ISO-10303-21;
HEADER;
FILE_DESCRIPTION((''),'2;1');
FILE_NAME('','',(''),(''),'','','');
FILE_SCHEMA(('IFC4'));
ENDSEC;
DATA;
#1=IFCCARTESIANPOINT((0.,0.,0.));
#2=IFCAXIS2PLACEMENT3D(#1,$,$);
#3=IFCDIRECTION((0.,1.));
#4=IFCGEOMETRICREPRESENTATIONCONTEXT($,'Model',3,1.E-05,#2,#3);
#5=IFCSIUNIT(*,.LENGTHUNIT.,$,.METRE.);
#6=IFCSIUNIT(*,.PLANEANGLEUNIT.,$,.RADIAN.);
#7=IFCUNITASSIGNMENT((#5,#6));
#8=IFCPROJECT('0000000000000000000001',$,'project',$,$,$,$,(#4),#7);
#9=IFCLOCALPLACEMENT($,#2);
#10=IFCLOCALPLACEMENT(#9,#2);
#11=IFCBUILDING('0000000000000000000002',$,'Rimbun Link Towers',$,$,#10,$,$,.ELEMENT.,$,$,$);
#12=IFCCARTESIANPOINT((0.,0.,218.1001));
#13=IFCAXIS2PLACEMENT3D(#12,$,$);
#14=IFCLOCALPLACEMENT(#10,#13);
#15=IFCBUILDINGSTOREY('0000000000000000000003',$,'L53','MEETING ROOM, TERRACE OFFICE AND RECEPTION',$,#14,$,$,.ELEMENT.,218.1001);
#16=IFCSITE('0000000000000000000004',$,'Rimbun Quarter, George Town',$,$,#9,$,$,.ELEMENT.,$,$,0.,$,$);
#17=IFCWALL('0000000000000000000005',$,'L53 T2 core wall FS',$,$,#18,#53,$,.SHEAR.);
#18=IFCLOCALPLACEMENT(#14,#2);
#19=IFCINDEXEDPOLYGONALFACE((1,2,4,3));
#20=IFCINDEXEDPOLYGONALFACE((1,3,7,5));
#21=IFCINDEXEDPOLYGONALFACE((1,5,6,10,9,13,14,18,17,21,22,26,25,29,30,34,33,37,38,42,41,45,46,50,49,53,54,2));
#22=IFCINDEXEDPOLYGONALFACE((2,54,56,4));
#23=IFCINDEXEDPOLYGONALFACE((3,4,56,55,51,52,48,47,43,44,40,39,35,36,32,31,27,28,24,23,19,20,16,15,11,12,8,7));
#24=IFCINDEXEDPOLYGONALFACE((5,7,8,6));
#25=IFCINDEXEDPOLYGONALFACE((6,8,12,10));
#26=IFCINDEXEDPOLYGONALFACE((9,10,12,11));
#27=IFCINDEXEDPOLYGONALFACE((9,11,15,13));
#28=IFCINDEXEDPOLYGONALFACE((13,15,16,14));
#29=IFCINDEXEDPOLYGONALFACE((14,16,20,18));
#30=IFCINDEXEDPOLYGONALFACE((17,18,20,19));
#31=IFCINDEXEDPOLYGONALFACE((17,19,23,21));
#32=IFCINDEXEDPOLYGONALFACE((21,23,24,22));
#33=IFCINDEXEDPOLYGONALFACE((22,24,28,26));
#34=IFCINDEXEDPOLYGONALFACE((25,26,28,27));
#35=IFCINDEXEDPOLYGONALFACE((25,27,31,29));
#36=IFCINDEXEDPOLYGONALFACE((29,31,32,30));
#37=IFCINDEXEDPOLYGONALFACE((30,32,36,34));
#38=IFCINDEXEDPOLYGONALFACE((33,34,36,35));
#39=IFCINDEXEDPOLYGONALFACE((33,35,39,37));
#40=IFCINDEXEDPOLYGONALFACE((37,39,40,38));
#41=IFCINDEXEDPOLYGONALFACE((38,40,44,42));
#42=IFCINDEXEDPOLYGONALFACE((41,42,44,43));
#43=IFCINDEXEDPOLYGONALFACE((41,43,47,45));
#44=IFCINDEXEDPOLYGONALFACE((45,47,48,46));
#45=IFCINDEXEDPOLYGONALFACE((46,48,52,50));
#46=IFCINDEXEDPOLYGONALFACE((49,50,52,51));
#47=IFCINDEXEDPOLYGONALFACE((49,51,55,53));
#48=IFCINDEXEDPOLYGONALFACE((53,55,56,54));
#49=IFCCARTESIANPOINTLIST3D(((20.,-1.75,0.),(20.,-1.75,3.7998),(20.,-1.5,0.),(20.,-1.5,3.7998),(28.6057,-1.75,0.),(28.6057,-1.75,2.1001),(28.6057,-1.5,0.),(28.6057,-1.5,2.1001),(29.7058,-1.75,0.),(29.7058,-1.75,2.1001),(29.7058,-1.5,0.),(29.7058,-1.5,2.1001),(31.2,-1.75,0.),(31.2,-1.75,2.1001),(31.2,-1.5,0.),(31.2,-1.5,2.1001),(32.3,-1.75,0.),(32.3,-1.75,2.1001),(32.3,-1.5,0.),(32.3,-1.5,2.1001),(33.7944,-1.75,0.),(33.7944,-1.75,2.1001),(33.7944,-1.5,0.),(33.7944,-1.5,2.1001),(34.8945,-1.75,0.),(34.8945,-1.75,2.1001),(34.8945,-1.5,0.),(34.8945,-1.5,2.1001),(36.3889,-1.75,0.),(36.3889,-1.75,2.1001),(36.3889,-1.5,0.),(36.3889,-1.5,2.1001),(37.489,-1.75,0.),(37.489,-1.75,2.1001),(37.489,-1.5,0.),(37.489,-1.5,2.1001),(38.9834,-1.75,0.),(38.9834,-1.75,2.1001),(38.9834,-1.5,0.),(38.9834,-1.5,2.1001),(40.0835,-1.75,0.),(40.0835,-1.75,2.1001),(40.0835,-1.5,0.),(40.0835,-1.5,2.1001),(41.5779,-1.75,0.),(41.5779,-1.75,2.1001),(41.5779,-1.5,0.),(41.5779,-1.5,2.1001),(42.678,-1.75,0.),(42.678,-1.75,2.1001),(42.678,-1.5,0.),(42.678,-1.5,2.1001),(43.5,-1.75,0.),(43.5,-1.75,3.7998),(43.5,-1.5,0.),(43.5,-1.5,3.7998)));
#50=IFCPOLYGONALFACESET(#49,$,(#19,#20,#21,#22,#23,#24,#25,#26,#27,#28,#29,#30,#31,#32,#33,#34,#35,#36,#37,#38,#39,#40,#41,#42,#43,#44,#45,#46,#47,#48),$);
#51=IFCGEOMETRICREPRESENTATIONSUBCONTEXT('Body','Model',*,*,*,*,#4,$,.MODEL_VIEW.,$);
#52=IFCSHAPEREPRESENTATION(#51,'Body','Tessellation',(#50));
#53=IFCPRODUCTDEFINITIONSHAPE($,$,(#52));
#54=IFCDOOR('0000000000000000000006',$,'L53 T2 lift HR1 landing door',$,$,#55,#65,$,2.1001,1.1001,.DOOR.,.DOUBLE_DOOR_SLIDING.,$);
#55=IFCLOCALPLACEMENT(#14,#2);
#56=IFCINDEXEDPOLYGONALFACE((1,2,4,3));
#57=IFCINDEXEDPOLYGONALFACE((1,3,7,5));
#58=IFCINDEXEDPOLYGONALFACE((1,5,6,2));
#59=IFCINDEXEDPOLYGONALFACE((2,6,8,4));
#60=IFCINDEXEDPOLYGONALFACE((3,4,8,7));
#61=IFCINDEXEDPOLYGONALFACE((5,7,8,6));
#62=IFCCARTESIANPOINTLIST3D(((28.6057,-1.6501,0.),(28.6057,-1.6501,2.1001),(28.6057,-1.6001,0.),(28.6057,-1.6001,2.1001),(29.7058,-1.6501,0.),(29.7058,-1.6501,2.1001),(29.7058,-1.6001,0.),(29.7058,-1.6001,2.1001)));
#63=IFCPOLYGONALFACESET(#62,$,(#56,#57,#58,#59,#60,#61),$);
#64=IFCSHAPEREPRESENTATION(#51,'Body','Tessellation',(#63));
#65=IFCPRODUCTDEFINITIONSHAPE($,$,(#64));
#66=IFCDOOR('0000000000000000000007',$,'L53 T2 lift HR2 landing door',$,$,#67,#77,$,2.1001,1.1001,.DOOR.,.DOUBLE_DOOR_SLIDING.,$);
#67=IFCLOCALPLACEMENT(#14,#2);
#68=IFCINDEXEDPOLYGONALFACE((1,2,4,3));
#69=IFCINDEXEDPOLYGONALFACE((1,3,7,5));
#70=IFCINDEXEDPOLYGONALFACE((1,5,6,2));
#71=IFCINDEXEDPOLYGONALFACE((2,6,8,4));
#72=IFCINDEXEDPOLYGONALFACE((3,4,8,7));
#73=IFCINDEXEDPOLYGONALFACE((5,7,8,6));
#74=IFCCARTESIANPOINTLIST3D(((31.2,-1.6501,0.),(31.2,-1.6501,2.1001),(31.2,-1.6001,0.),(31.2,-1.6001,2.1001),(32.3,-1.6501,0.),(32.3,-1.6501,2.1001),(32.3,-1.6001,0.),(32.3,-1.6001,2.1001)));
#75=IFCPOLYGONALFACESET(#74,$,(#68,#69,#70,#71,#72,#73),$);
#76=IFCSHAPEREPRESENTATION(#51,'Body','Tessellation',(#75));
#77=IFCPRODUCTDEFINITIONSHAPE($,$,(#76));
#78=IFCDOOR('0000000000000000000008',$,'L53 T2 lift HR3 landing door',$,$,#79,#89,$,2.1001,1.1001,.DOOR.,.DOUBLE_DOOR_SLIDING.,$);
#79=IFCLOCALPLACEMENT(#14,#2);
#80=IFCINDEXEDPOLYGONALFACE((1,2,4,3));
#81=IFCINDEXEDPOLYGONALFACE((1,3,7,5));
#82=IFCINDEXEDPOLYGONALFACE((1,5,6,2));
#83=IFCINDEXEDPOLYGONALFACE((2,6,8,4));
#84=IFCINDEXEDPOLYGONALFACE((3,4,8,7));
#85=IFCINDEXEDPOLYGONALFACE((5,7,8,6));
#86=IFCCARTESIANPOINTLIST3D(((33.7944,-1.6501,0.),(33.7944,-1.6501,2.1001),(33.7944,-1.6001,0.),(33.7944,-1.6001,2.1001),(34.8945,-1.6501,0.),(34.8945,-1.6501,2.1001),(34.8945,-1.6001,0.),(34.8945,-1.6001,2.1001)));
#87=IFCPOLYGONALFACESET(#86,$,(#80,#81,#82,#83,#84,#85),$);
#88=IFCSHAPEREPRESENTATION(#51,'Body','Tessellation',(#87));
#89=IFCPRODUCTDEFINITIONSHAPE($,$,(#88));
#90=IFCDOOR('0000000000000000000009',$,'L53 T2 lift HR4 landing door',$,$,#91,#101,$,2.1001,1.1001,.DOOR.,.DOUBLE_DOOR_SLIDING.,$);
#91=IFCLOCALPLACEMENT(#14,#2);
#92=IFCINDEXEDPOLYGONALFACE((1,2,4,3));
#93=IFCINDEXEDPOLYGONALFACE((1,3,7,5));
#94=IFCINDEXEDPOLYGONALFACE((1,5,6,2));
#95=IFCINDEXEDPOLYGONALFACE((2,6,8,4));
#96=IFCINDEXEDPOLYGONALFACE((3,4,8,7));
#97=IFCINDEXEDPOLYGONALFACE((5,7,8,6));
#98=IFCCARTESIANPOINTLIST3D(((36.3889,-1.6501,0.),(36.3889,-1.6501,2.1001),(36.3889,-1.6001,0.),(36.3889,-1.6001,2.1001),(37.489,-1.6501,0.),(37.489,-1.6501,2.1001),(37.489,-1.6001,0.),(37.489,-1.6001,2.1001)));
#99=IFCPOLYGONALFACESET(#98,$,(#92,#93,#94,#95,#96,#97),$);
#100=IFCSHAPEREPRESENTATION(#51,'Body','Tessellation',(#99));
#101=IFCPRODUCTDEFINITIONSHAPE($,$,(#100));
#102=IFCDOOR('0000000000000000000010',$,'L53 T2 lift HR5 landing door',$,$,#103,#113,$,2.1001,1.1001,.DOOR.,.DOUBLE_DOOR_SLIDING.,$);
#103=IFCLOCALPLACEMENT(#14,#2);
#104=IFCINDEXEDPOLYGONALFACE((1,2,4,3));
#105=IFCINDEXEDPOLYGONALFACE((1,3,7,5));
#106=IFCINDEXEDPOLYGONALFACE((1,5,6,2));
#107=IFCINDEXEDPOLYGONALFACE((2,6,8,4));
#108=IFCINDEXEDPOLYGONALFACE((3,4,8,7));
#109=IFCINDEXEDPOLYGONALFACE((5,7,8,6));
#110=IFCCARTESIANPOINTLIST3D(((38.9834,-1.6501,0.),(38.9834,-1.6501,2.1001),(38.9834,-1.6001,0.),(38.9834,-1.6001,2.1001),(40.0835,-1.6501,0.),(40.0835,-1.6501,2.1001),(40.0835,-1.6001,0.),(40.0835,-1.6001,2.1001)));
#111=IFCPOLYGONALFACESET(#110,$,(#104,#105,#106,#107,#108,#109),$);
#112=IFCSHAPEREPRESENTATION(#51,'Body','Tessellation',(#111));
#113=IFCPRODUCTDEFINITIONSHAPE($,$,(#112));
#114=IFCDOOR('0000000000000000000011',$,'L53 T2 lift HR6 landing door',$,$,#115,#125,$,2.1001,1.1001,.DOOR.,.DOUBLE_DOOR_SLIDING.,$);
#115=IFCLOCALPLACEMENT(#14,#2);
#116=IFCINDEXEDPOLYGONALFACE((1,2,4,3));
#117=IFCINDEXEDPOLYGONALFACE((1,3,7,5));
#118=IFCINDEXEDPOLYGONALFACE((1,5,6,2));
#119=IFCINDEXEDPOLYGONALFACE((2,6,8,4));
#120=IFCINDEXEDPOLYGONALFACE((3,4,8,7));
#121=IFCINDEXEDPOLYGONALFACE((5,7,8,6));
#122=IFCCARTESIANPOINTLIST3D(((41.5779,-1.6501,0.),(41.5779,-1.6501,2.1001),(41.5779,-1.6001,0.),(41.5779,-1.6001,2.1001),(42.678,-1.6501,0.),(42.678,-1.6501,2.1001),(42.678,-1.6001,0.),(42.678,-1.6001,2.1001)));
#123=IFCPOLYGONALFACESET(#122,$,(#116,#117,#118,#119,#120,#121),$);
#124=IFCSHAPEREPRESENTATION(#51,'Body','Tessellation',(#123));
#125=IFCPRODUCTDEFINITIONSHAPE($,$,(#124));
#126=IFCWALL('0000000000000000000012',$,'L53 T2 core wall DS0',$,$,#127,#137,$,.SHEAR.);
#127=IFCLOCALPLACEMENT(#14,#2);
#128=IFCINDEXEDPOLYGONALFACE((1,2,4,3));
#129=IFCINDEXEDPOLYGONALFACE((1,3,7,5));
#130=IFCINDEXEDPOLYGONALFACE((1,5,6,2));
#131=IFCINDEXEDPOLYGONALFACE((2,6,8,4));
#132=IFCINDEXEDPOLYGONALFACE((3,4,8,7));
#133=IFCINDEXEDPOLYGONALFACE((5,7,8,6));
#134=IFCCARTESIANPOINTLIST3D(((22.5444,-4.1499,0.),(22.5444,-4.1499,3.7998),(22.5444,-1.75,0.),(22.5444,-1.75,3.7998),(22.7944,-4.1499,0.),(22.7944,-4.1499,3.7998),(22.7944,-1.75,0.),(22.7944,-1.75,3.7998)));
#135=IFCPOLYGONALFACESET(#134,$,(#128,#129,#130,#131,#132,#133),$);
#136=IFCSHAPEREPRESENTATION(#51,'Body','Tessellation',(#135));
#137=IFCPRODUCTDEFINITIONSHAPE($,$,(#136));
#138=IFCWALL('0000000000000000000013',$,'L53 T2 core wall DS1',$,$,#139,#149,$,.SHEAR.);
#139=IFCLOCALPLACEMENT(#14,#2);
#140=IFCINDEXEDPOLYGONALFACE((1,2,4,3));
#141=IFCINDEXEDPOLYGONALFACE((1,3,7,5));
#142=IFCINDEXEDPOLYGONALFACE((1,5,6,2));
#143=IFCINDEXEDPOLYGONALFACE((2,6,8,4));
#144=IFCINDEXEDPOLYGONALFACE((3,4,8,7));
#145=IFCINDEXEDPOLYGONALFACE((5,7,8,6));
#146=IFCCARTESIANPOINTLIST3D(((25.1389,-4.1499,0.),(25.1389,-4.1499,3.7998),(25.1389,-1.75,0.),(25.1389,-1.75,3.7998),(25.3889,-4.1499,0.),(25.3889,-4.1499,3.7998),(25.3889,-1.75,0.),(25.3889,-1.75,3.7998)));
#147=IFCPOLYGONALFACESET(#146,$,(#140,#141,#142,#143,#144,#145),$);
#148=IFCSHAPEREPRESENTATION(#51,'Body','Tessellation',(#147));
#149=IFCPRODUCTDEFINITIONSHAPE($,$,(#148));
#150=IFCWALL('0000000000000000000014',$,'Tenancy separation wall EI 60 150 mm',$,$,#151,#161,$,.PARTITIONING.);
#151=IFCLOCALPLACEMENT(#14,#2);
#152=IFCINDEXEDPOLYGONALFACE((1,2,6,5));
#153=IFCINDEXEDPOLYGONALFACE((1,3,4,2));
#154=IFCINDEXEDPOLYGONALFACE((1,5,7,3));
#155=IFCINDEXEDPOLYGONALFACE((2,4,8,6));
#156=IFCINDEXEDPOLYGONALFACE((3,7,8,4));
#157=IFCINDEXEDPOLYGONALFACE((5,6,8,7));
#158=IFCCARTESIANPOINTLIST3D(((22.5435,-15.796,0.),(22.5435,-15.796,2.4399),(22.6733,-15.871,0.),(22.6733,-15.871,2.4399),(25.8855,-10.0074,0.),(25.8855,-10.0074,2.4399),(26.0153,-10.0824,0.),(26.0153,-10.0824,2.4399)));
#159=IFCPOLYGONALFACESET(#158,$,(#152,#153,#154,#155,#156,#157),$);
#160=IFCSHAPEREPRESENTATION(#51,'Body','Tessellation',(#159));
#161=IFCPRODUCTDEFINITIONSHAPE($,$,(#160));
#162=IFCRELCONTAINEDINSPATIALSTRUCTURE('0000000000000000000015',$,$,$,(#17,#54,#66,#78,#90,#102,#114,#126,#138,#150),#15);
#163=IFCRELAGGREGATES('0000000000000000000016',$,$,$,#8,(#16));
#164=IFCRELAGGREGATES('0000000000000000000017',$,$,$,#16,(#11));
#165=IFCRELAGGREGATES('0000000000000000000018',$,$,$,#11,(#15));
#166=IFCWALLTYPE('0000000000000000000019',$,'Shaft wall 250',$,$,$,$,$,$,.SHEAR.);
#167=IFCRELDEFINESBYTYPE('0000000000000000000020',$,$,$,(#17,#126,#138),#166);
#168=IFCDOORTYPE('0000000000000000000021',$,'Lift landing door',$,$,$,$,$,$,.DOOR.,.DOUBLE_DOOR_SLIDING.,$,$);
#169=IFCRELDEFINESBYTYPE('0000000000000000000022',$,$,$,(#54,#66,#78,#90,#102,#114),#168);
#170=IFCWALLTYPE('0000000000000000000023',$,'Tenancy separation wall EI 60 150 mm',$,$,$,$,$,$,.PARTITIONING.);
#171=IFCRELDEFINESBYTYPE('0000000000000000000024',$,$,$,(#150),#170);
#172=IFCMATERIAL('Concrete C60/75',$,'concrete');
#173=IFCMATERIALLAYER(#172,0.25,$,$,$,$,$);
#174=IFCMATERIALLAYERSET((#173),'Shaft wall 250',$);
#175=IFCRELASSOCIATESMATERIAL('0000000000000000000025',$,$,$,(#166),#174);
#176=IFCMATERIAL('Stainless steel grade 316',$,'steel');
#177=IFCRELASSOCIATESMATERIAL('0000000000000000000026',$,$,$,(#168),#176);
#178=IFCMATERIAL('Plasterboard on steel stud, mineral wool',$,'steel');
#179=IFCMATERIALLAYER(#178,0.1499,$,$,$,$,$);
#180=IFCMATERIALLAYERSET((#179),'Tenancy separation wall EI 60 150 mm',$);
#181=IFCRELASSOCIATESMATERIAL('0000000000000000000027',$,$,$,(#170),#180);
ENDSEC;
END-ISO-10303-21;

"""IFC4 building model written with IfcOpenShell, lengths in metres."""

from ifc_helpers import new_model, si_unit, direction, frame, frame_2d, origin, place, context, subcontext, project, spatial, rectangle, extrude, material, layer, layer_set, type_object, element, fill, save


model = new_model("IFC4")

# Units and contexts
model_context = context("Model", 3, precision=1e-05, world=origin(), true_north=direction((0.0, 1.0)))
body_context = subcontext(model_context, "Body", "Model", "MODEL_VIEW")
ifc_project = project(units=[si_unit("LENGTHUNIT", "METRE"), si_unit("PLANEANGLEUNIT", "RADIAN")], contexts=[model_context])

# Site, building, storey
site_placement = place(None, origin())
site = spatial("IfcSite", under=ifc_project, at=site_placement, Name="Rimbun Quarter, George Town", CompositionType="ELEMENT", RefElevation=0.0)
building_placement = place(site_placement, origin())
building = spatial("IfcBuilding", under=site, at=building_placement, Name="Rimbun Link Towers", CompositionType="ELEMENT")
storey_placement = place(building_placement, frame((0.0, 0.0, 218.1001)))
storey = spatial("IfcBuildingStorey", under=building, at=storey_placement, Name="L53", Description="MEETING ROOM, TERRACE OFFICE AND RECEPTION", CompositionType="ELEMENT", Elevation=218.1001)

# Shared definitions
ifc_material_1 = material(Name="Concrete C60/75", Category="concrete")
ifc_layer_1 = layer(ifc_material_1, 0.25)
ifc_layer_set_1 = layer_set([ifc_layer_1], Name="Shaft wall 250")
wall_type_1 = type_object("IfcWallType", Name="Shaft wall 250", PredefinedType="SHEAR", material=ifc_layer_set_1)

# Wall, openings, doors
wall_1_placement = place(storey_placement, frame((20.0, -1.625, 0.0), z_axis=(0.0, 0.0, 1.0), x_axis=(1.0, 0.0, 0.0)))
wall_1 = element("IfcWall", 1, at=wall_1_placement, inside=storey, type_object=wall_type_1, Name="L53 T2 core wall FS", PredefinedType="SHEAR", context=body_context, shape_type="SweptSolid", body=[
    extrude(rectangle(XDim=23.5, YDim=0.25, at=frame_2d((11.75, 0.0))), origin(), (0.0, 0.0, 1.0), 3.7998),
])
opening_1_placement = place(wall_1_placement, frame((8.6057, 0.0, 0.0)))
opening_1 = element("IfcOpeningElement", 2, at=opening_1_placement, cuts=wall_1, PredefinedType="OPENING", context=body_context, shape_type="SweptSolid", body=[
    extrude(rectangle(XDim=1.1001, YDim=2.1001, at=frame_2d((0.55, 1.05))), frame((0.0, 0.135, 0.0), z_axis=(0.0, -1.0, 0.0), x_axis=(1.0, 0.0, 0.0)), (0.0, 0.0, 1.0), 0.27),
])
opening_2_placement = place(wall_1_placement, frame((11.2, 0.0, 0.0)))
opening_2 = element("IfcOpeningElement", 3, at=opening_2_placement, cuts=wall_1, PredefinedType="OPENING", context=body_context, shape_type="SweptSolid", body=[
    extrude(rectangle(XDim=1.1001, YDim=2.1001, at=frame_2d((0.55, 1.05))), frame((0.0, 0.135, 0.0), z_axis=(0.0, -1.0, 0.0), x_axis=(1.0, 0.0, 0.0)), (0.0, 0.0, 1.0), 0.27),
])
opening_3_placement = place(wall_1_placement, frame((13.7944, 0.0, 0.0)))
opening_3 = element("IfcOpeningElement", 4, at=opening_3_placement, cuts=wall_1, PredefinedType="OPENING", context=body_context, shape_type="SweptSolid", body=[
    extrude(rectangle(XDim=1.1001, YDim=2.1001, at=frame_2d((0.55, 1.05))), frame((0.0, 0.135, 0.0), z_axis=(0.0, -1.0, 0.0), x_axis=(1.0, 0.0, 0.0)), (0.0, 0.0, 1.0), 0.27),
])
opening_4_placement = place(wall_1_placement, frame((16.3889, 0.0, 0.0)))
opening_4 = element("IfcOpeningElement", 5, at=opening_4_placement, cuts=wall_1, PredefinedType="OPENING", context=body_context, shape_type="SweptSolid", body=[
    extrude(rectangle(XDim=1.1001, YDim=2.1001, at=frame_2d((0.55, 1.05))), frame((0.0, 0.135, 0.0), z_axis=(0.0, -1.0, 0.0), x_axis=(1.0, 0.0, 0.0)), (0.0, 0.0, 1.0), 0.27),
])
opening_5_placement = place(wall_1_placement, frame((18.9834, 0.0, 0.0)))
opening_5 = element("IfcOpeningElement", 6, at=opening_5_placement, cuts=wall_1, PredefinedType="OPENING", context=body_context, shape_type="SweptSolid", body=[
    extrude(rectangle(XDim=1.1001, YDim=2.1001, at=frame_2d((0.55, 1.05))), frame((0.0, 0.135, 0.0), z_axis=(0.0, -1.0, 0.0), x_axis=(1.0, 0.0, 0.0)), (0.0, 0.0, 1.0), 0.27),
])
opening_6_placement = place(wall_1_placement, frame((21.5779, 0.0, 0.0)))
opening_6 = element("IfcOpeningElement", 7, at=opening_6_placement, cuts=wall_1, PredefinedType="OPENING", context=body_context, shape_type="SweptSolid", body=[
    extrude(rectangle(XDim=1.1001, YDim=2.1001, at=frame_2d((0.55, 1.05))), frame((0.0, 0.135, 0.0), z_axis=(0.0, -1.0, 0.0), x_axis=(1.0, 0.0, 0.0)), (0.0, 0.0, 1.0), 0.27),
])
ifc_material_2 = material(Name="Stainless steel grade 316", Category="steel")
door_type_1 = type_object("IfcDoorType", Name="Lift landing door", OperationType="DOUBLE_DOOR_SLIDING", PredefinedType="DOOR", material=ifc_material_2)
door_1_placement = place(opening_1_placement, origin())
door_1 = element("IfcDoor", 8, at=door_1_placement, inside=storey, type_object=door_type_1, Name="L53 T2 lift HR1 landing door", OperationType="DOUBLE_DOOR_SLIDING", OverallHeight=2.1001, OverallWidth=1.1001, PredefinedType="DOOR", context=body_context, shape_type="SweptSolid", body=[
    extrude(rectangle(XDim=1.1001, YDim=2.1001, at=frame_2d((0.55, 1.05))), frame((0.0, 0.0249, 0.0), z_axis=(0.0, -1.0, 0.0), x_axis=(1.0, 0.0, 0.0)), (0.0, 0.0, 1.0), 0.05),
])
fill(opening_1, door_1)
door_2_placement = place(opening_2_placement, origin())
door_2 = element("IfcDoor", 9, at=door_2_placement, inside=storey, type_object=door_type_1, Name="L53 T2 lift HR2 landing door", OperationType="DOUBLE_DOOR_SLIDING", OverallHeight=2.1001, OverallWidth=1.1001, PredefinedType="DOOR", context=body_context, shape_type="SweptSolid", body=[
    extrude(rectangle(XDim=1.1001, YDim=2.1001, at=frame_2d((0.55, 1.05))), frame((0.0, 0.0249, 0.0), z_axis=(0.0, -1.0, 0.0), x_axis=(1.0, 0.0, 0.0)), (0.0, 0.0, 1.0), 0.05),
])
fill(opening_2, door_2)
door_3_placement = place(opening_3_placement, origin())
door_3 = element("IfcDoor", 10, at=door_3_placement, inside=storey, type_object=door_type_1, Name="L53 T2 lift HR3 landing door", OperationType="DOUBLE_DOOR_SLIDING", OverallHeight=2.1001, OverallWidth=1.1001, PredefinedType="DOOR", context=body_context, shape_type="SweptSolid", body=[
    extrude(rectangle(XDim=1.1001, YDim=2.1001, at=frame_2d((0.55, 1.05))), frame((0.0, 0.0249, 0.0), z_axis=(0.0, -1.0, 0.0), x_axis=(1.0, 0.0, 0.0)), (0.0, 0.0, 1.0), 0.05),
])
fill(opening_3, door_3)
door_4_placement = place(opening_4_placement, origin())
door_4 = element("IfcDoor", 11, at=door_4_placement, inside=storey, type_object=door_type_1, Name="L53 T2 lift HR4 landing door", OperationType="DOUBLE_DOOR_SLIDING", OverallHeight=2.1001, OverallWidth=1.1001, PredefinedType="DOOR", context=body_context, shape_type="SweptSolid", body=[
    extrude(rectangle(XDim=1.1001, YDim=2.1001, at=frame_2d((0.55, 1.05))), frame((0.0, 0.0249, 0.0), z_axis=(0.0, -1.0, 0.0), x_axis=(1.0, 0.0, 0.0)), (0.0, 0.0, 1.0), 0.05),
])
fill(opening_4, door_4)
door_5_placement = place(opening_5_placement, origin())
door_5 = element("IfcDoor", 12, at=door_5_placement, inside=storey, type_object=door_type_1, Name="L53 T2 lift HR5 landing door", OperationType="DOUBLE_DOOR_SLIDING", OverallHeight=2.1001, OverallWidth=1.1001, PredefinedType="DOOR", context=body_context, shape_type="SweptSolid", body=[
    extrude(rectangle(XDim=1.1001, YDim=2.1001, at=frame_2d((0.55, 1.05))), frame((0.0, 0.0249, 0.0), z_axis=(0.0, -1.0, 0.0), x_axis=(1.0, 0.0, 0.0)), (0.0, 0.0, 1.0), 0.05),
])
fill(opening_5, door_5)
door_6_placement = place(opening_6_placement, origin())
door_6 = element("IfcDoor", 13, at=door_6_placement, inside=storey, type_object=door_type_1, Name="L53 T2 lift HR6 landing door", OperationType="DOUBLE_DOOR_SLIDING", OverallHeight=2.1001, OverallWidth=1.1001, PredefinedType="DOOR", context=body_context, shape_type="SweptSolid", body=[
    extrude(rectangle(XDim=1.1001, YDim=2.1001, at=frame_2d((0.55, 1.05))), frame((0.0, 0.0249, 0.0), z_axis=(0.0, -1.0, 0.0), x_axis=(1.0, 0.0, 0.0)), (0.0, 0.0, 1.0), 0.05),
])
fill(opening_6, door_6)

# Walls
for number, where, z_axis, x_axis, name in (
    (14, (22.6694, -4.1499, 0.0), (0.0, 0.0, 1.0), (0.0, 1.0, 0.0), "L53 T2 core wall DS0"),
    (15, (25.2639, -4.1499, 0.0), (0.0, 0.0, 1.0), (0.0, 1.0, 0.0), "L53 T2 core wall DS1"),
):
    element("IfcWall", number, at=place(storey_placement, frame(where, z_axis=z_axis, x_axis=x_axis)), inside=storey, type_object=wall_type_1, Name=name, PredefinedType="SHEAR", context=body_context, shape_type="SweptSolid", body=[
        extrude(rectangle(XDim=2.3999, YDim=0.25, at=frame_2d((1.2, 0.0))), origin(), (0.0, 0.0, 1.0), 3.7998),
    ])
ifc_material_3 = material(Name="Plasterboard on steel stud, mineral wool", Category="steel")
ifc_layer_2 = layer(ifc_material_3, 0.1499)
ifc_layer_set_2 = layer_set([ifc_layer_2], Name="Tenancy separation wall EI 60 150 mm")
wall_type_2 = type_object("IfcWallType", Name="Tenancy separation wall EI 60 150 mm", PredefinedType="PARTITIONING", material=ifc_layer_set_2)
wall_2_placement = place(storey_placement, frame((25.9504, -10.0449, 0.0), z_axis=(0.0, 0.0, 1.0), x_axis=(-0.500001, -0.866025, 0.0)))
element("IfcWall", 16, at=wall_2_placement, inside=storey, type_object=wall_type_2, Name="Tenancy separation wall EI 60 150 mm", PredefinedType="PARTITIONING", context=body_context, shape_type="SweptSolid", body=[
    extrude(rectangle(XDim=6.6841, YDim=0.1499, at=frame_2d((3.342, 0.0))), origin(), (0.0, 0.0, 1.0), 2.4399),
])

save(model, "model.ifc")
